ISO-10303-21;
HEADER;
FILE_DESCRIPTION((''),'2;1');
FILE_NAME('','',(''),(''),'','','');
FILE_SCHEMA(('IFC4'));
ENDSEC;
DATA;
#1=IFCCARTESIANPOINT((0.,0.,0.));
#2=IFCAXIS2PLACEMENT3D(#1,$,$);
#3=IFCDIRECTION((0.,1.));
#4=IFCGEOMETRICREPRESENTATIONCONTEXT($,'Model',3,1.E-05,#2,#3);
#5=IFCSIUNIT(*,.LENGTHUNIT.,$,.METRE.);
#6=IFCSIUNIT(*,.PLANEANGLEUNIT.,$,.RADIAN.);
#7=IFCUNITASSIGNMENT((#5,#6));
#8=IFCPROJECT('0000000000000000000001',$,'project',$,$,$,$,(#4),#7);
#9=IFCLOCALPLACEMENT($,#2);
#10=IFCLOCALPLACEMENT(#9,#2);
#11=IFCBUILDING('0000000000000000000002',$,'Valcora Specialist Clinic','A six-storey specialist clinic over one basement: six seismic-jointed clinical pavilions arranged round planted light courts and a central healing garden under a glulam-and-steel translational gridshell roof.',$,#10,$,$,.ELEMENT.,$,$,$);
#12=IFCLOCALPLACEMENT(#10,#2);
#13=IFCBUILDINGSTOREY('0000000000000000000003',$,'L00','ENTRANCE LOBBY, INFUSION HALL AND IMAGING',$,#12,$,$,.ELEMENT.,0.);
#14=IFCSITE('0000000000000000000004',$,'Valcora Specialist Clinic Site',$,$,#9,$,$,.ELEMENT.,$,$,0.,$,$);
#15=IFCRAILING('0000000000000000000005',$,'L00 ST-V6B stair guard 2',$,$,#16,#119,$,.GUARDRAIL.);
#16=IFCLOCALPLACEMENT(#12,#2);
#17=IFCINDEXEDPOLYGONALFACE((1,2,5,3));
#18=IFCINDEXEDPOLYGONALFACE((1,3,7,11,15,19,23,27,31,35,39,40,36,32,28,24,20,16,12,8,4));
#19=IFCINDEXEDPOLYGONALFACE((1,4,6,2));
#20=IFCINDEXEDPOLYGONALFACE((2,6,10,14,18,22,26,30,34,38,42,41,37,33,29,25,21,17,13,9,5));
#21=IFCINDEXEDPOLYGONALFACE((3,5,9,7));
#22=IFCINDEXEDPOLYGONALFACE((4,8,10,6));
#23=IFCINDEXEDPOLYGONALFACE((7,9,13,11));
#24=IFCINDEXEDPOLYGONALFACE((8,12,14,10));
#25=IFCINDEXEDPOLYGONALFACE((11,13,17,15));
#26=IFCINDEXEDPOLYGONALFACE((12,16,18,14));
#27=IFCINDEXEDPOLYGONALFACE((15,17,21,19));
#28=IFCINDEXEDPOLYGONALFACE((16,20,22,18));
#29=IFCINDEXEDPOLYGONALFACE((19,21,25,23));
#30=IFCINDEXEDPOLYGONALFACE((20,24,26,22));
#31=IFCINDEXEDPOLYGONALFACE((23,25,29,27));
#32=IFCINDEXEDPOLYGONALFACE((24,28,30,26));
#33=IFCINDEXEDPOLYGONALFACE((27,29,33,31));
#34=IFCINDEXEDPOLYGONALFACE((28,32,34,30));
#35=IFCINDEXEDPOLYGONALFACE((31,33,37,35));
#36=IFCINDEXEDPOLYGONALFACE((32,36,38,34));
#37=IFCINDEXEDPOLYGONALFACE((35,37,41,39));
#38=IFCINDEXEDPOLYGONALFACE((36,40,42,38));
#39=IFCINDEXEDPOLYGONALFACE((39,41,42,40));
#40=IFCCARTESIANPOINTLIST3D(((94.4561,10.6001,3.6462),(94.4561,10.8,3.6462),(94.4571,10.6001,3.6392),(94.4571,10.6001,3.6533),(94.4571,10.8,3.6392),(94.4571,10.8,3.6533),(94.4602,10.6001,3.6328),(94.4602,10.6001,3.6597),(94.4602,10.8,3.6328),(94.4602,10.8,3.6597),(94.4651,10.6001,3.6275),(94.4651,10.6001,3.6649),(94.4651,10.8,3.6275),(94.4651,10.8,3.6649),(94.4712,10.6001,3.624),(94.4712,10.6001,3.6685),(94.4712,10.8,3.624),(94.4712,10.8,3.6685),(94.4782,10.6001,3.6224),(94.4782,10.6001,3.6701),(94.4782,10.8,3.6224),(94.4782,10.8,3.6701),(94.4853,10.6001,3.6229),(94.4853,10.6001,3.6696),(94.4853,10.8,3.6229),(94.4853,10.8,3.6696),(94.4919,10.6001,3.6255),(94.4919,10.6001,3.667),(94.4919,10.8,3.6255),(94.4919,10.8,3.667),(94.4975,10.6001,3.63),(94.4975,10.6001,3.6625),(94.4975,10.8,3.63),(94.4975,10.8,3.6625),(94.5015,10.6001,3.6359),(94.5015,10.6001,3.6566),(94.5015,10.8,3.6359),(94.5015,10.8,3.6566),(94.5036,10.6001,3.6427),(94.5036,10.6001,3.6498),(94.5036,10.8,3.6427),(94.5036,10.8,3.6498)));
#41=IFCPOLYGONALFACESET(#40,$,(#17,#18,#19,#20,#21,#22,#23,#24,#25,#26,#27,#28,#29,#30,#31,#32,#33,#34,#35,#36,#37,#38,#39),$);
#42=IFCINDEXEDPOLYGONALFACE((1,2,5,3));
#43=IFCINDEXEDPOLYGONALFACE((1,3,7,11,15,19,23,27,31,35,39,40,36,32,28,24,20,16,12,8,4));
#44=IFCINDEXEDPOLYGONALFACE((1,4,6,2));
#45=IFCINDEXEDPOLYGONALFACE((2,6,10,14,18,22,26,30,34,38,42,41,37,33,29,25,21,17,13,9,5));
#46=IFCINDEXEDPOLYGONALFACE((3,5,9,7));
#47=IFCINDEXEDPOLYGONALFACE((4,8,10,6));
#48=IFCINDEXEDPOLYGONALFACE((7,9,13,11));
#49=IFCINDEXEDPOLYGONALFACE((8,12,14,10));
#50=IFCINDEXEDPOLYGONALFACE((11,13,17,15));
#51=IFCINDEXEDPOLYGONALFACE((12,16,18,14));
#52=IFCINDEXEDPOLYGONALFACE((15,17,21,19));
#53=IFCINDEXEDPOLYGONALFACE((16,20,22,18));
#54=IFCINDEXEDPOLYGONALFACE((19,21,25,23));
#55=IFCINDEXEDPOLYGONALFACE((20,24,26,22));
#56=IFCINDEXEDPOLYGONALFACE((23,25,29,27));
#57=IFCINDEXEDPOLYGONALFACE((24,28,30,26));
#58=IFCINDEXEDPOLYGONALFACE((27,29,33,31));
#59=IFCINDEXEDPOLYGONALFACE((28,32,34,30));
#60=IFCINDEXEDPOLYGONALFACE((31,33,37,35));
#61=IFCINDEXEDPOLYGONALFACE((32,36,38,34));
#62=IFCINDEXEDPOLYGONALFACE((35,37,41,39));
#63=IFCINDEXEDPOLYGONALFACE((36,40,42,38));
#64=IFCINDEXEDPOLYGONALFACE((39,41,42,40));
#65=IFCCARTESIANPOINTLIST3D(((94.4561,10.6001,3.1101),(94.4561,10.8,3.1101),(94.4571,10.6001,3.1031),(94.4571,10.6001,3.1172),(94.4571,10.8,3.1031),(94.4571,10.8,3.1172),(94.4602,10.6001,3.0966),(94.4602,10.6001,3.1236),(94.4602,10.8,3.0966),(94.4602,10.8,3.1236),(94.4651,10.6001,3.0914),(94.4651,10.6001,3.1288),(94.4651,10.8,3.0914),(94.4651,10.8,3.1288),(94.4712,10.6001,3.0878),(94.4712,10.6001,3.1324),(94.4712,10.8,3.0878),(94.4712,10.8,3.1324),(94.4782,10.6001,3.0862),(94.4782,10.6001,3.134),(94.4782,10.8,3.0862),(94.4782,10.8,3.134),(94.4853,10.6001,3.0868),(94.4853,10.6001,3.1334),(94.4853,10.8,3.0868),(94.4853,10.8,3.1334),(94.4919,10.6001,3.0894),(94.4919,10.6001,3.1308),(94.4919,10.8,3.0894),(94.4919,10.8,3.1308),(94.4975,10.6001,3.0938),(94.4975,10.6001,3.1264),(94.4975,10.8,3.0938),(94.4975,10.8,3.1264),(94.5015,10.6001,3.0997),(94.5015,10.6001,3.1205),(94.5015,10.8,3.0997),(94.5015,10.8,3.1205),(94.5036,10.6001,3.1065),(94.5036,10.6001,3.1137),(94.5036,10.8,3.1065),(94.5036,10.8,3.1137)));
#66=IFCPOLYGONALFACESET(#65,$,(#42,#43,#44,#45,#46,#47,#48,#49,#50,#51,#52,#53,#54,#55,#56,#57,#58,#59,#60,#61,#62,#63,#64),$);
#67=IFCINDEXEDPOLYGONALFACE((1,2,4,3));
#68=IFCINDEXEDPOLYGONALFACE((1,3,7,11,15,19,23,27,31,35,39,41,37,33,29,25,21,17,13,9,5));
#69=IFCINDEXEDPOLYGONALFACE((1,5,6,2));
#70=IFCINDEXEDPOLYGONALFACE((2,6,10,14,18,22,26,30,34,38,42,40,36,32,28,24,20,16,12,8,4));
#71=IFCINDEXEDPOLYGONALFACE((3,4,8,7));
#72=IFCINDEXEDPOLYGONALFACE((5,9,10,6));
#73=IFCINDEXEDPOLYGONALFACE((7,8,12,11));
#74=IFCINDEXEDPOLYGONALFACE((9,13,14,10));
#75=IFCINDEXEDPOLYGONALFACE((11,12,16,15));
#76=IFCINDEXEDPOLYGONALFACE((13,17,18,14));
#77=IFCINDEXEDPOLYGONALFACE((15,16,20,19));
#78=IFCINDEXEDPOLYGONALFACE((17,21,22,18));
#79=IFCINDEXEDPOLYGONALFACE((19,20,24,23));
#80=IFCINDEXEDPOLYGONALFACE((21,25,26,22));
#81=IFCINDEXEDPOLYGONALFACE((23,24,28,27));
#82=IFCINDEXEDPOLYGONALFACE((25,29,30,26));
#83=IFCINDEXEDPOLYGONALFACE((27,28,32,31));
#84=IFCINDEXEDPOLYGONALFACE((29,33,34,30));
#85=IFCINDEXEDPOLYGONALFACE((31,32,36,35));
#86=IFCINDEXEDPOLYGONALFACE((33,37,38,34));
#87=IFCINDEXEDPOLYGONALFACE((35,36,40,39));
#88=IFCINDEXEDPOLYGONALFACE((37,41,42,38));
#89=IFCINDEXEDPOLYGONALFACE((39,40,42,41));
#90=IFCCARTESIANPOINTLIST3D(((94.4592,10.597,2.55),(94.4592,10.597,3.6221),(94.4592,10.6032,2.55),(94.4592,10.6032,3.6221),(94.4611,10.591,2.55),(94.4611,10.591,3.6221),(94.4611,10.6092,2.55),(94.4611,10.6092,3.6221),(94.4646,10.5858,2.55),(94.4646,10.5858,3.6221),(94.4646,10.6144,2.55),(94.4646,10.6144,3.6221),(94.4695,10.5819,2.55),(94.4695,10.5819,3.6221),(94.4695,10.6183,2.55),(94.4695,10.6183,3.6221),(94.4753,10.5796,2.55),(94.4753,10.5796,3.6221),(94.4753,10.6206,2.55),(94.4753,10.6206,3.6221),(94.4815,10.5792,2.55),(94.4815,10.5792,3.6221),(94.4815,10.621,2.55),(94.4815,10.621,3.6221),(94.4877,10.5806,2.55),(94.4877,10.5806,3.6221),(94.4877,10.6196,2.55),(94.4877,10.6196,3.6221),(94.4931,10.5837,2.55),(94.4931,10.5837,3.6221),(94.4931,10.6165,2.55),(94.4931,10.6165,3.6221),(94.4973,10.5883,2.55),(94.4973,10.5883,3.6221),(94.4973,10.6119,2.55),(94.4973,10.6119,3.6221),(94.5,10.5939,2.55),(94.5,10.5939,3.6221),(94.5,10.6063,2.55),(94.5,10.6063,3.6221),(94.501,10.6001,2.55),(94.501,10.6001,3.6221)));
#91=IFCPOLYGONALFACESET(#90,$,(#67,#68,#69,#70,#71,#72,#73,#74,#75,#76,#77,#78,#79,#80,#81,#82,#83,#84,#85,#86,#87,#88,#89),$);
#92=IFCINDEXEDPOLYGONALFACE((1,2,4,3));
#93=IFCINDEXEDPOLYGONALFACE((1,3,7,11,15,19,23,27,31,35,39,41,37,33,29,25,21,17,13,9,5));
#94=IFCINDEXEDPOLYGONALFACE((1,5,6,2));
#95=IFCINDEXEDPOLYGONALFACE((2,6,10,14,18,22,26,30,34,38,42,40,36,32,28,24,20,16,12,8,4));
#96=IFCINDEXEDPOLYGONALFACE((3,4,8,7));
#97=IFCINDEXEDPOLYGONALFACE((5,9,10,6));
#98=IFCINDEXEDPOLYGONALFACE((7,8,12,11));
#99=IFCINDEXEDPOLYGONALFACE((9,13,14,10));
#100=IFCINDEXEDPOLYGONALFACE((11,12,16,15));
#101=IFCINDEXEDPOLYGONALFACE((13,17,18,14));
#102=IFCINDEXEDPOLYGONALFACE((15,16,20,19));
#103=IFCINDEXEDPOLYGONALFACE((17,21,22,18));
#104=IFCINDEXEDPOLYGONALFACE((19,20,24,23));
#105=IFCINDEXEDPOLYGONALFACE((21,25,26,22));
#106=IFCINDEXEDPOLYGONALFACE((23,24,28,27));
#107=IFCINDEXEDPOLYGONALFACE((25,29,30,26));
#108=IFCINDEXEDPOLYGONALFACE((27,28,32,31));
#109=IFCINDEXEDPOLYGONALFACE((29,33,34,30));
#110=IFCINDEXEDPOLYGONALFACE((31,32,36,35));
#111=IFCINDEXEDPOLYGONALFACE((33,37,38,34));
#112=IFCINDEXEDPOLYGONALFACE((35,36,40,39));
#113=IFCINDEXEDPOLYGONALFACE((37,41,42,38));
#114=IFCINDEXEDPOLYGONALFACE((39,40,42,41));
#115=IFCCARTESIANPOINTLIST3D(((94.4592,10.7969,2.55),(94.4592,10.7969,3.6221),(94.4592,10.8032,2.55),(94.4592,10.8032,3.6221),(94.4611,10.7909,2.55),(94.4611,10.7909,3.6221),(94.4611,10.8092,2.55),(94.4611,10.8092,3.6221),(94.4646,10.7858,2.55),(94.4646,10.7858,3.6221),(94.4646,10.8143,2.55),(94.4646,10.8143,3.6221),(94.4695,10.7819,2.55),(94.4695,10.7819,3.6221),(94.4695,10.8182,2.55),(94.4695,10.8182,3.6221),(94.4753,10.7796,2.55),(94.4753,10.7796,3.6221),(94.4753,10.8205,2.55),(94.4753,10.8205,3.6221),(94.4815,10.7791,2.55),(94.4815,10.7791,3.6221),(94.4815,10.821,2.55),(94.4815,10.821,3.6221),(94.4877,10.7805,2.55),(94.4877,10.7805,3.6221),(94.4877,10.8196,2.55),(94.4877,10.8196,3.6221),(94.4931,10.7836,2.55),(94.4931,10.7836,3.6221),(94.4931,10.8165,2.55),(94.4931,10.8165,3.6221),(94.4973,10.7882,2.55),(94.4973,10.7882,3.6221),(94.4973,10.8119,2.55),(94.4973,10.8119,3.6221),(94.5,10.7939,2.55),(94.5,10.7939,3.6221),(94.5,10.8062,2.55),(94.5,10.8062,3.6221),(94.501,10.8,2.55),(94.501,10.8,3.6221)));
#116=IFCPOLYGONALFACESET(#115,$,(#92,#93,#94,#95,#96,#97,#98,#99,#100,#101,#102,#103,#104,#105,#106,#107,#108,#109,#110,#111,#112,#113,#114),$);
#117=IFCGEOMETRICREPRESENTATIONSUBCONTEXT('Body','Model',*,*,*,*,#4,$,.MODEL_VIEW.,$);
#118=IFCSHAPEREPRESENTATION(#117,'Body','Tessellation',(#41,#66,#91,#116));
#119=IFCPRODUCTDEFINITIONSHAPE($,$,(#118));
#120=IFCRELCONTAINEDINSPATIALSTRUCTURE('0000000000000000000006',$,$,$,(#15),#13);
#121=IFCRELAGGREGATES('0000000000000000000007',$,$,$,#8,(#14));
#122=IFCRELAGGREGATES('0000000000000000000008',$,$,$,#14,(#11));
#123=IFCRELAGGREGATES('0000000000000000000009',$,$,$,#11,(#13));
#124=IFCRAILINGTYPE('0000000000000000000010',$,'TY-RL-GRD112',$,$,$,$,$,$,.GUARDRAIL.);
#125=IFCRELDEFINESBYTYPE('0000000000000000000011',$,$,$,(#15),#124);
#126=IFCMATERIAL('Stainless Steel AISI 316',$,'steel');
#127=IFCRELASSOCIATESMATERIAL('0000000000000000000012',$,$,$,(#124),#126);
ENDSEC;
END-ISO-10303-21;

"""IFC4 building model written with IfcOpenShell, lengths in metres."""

from ifc_helpers import new_model, si_unit, direction, frame, origin, origin_2d, place, context, subcontext, project, spatial, circle, extrude, material, type_object, element, save


model = new_model("IFC4")

# Units and contexts
model_context = context("Model", 3, precision=1e-05, world=origin(), true_north=direction((0.0, 1.0)))
body_context = subcontext(model_context, "Body", "Model", "MODEL_VIEW")
ifc_project = project(units=[si_unit("LENGTHUNIT", "METRE"), si_unit("PLANEANGLEUNIT", "RADIAN")], contexts=[model_context])

# Site, building, storey
site_placement = place(None, origin())
site = spatial("IfcSite", under=ifc_project, at=site_placement, Name="Valcora Specialist Clinic Site", CompositionType="ELEMENT", RefElevation=0.0)
building_placement = place(site_placement, origin())
building = spatial("IfcBuilding", under=site, at=building_placement, Name="Valcora Specialist Clinic", Description="A six-storey specialist clinic over one basement: six seismic-jointed clinical pavilions arranged round planted light courts and a central healing garden under a glulam-and-steel translational gridshell roof.", CompositionType="ELEMENT")
storey_placement = place(building_placement, origin())
storey = spatial("IfcBuildingStorey", under=building, at=storey_placement, Name="L00", Description="ENTRANCE LOBBY, INFUSION HALL AND IMAGING", CompositionType="ELEMENT", Elevation=0.0)

# Shared definitions
ifc_material_1 = material(Name="Stainless Steel AISI 316", Category="steel")

# Railing
railing_type_1 = type_object("IfcRailingType", Name="TY-RL-GRD112", PredefinedType="GUARDRAIL", material=ifc_material_1)
railing_1_placement = place(storey_placement, frame((94.48, 10.6001, 2.55)))
element("IfcRailing", 1, at=railing_1_placement, inside=storey, type_object=railing_type_1, Name="L00 ST-V6B stair guard 2", PredefinedType="GUARDRAIL", context=body_context, shape_type="SweptSolid", body=[
    extrude(circle(Radius=0.0239, at=origin_2d()), frame((0.0, 0.0, 1.0962), z_axis=(0.0, 1.0, 0.0), x_axis=(-1.0, 0.0, 0.0)), (0.0, 0.0, 1.0), 0.2),
    extrude(circle(Radius=0.0239, at=origin_2d()), frame((0.0, 0.0, 0.5601), z_axis=(0.0, 1.0, 0.0), x_axis=(-1.0, 0.0, 0.0)), (0.0, 0.0, 1.0), 0.2),
    extrude(circle(Radius=0.021, at=origin_2d()), origin(), (0.0, 0.0, 1.0), 1.072),
    extrude(circle(Radius=0.021, at=origin_2d()), frame((0.0, 0.2, 0.0)), (0.0, 0.0, 1.0), 1.072),
])

save(model, "model.ifc")
